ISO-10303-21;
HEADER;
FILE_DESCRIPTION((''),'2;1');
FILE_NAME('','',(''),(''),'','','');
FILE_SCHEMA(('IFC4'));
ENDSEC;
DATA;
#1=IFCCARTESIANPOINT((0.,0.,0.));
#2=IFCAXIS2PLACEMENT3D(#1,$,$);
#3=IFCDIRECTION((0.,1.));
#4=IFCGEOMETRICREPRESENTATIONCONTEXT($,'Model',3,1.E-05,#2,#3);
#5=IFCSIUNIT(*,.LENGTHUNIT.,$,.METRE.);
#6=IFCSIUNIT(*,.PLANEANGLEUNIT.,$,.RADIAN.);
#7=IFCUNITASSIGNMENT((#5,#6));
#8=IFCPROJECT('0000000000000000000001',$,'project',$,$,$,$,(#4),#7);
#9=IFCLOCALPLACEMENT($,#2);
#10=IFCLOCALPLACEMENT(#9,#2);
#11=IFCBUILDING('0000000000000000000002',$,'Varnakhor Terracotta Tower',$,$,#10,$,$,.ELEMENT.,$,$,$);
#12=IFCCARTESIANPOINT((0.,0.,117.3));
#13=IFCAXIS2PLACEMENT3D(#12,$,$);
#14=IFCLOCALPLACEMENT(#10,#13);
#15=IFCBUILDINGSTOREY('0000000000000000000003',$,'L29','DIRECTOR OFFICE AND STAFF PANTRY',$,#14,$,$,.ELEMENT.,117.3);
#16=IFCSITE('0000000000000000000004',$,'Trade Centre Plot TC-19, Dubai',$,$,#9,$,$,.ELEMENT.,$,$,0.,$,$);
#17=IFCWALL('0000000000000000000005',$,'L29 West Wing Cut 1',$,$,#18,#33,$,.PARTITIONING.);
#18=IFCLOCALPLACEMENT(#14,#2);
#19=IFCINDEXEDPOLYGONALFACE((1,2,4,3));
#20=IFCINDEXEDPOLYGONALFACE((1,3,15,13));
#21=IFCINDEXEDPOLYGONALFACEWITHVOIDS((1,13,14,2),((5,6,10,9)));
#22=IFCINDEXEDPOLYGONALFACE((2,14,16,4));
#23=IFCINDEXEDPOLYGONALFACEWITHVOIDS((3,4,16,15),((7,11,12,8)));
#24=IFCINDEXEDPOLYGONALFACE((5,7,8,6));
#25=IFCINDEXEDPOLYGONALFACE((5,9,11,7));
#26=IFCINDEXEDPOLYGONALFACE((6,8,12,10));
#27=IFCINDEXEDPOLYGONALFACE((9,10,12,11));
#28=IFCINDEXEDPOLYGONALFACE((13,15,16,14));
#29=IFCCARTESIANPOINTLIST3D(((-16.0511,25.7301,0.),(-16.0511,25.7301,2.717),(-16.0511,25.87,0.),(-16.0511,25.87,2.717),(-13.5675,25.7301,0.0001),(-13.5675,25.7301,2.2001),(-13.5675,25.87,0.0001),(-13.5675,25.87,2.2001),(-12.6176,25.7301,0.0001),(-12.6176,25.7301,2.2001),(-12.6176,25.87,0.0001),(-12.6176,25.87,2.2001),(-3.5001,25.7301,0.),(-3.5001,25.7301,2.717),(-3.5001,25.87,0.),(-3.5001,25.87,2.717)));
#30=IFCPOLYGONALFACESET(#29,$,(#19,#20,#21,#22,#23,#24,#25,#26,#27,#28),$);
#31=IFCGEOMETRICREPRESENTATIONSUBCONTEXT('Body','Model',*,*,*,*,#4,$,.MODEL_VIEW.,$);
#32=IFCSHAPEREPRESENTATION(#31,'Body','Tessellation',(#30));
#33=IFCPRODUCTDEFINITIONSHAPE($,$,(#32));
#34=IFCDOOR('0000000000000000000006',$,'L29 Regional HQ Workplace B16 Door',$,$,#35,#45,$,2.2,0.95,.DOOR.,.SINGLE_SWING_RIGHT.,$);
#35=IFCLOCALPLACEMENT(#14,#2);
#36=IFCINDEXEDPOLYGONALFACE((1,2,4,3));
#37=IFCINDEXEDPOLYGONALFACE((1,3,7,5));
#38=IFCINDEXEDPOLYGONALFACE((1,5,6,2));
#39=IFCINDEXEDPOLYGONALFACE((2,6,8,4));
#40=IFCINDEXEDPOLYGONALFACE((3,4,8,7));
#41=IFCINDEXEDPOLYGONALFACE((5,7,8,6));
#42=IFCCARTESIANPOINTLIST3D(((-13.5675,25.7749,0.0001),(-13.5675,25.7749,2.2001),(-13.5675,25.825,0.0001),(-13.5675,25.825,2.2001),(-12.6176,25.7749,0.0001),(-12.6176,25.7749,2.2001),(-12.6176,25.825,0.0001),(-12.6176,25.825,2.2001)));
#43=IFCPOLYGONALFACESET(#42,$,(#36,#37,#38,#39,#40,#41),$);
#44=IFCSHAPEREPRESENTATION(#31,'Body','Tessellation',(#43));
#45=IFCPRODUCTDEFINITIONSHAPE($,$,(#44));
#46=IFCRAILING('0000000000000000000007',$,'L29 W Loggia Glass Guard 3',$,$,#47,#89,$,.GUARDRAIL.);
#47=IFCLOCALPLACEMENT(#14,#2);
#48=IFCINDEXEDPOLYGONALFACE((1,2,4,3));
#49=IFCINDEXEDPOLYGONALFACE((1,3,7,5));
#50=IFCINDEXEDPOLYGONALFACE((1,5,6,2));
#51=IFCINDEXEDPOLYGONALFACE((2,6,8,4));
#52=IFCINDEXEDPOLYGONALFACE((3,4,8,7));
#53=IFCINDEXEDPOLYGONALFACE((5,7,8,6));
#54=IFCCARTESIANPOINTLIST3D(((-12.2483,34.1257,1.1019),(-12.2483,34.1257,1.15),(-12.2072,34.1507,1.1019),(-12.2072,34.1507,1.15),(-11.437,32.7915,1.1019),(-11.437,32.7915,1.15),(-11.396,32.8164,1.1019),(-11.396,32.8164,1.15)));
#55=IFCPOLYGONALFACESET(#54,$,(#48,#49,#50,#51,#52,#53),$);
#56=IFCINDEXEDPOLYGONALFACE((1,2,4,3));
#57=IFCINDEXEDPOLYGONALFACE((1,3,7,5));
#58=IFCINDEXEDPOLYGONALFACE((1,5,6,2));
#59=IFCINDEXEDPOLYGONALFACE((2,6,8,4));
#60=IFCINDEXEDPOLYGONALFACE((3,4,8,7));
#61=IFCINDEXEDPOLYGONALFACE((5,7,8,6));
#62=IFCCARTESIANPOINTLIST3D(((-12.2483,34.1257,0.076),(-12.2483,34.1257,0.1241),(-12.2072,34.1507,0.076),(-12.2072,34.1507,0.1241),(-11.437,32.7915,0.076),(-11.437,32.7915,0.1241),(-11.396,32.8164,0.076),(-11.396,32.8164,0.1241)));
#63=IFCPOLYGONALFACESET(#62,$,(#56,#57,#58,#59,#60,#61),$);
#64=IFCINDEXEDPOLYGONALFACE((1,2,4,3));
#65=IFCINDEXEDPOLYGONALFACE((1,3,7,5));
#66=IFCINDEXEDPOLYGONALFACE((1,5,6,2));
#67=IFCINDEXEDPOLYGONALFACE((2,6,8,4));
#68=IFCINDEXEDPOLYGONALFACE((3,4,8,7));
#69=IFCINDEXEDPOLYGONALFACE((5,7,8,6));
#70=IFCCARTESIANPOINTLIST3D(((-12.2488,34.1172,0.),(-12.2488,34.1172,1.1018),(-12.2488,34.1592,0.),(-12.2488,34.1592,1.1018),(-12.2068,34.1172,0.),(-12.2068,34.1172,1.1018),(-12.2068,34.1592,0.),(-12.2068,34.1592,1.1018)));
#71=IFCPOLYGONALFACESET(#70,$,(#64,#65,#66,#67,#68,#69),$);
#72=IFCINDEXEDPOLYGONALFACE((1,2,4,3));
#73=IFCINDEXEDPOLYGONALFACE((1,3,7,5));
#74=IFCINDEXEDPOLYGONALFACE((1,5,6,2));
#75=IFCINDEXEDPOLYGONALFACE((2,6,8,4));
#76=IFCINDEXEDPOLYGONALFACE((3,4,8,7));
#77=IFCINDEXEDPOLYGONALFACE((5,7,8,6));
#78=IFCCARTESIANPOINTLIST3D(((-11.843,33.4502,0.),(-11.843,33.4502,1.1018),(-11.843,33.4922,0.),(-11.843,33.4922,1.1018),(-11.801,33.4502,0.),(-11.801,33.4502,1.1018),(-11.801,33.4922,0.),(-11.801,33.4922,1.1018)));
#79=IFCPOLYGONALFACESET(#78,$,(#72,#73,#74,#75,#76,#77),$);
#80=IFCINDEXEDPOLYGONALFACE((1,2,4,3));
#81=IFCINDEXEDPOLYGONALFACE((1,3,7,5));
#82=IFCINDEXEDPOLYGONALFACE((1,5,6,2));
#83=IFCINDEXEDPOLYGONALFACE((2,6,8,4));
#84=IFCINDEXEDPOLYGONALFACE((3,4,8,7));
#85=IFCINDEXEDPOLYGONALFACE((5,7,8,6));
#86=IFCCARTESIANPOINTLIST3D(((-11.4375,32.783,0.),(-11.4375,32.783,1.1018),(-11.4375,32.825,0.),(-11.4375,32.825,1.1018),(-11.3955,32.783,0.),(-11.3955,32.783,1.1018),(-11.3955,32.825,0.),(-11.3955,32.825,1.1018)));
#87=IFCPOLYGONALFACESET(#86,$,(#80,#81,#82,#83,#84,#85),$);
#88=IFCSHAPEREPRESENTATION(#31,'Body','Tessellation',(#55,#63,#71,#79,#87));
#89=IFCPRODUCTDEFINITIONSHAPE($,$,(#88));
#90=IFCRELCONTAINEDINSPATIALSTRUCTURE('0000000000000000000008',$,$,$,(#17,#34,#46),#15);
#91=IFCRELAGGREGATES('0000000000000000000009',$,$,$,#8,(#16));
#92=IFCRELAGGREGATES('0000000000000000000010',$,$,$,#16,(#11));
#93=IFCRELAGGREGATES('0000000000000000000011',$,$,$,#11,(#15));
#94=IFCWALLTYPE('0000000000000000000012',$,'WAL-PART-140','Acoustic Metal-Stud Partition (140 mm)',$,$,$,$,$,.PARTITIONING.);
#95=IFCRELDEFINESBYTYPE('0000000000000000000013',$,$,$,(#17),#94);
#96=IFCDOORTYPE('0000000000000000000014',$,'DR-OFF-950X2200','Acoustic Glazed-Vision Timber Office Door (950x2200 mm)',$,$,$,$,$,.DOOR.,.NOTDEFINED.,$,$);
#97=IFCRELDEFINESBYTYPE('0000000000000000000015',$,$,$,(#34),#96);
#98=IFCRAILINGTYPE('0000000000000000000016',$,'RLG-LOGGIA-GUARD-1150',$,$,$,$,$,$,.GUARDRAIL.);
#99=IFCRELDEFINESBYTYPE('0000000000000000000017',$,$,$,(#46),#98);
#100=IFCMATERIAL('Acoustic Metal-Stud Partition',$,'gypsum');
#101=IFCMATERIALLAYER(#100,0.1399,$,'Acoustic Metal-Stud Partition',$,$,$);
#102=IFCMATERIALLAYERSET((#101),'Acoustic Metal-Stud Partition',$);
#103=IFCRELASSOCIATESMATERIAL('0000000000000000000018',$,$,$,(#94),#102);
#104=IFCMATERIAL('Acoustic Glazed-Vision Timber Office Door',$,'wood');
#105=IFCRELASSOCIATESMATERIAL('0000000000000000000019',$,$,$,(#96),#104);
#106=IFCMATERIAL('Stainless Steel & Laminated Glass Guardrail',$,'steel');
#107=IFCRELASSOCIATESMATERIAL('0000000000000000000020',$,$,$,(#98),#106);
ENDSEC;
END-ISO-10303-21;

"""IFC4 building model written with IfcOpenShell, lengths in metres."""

from ifc_helpers import new_model, si_unit, direction, frame, frame_2d, origin, origin_2d, place, context, subcontext, project, spatial, rectangle, extrude, source, transform, mapped, material, layer, layer_set, type_object, type_shapes, element, fill, save


model = new_model("IFC4")

# Units and contexts
model_context = context("Model", 3, precision=1e-05, world=origin(), true_north=direction((0.0, 1.0)))
body_context = subcontext(model_context, "Body", "Model", "MODEL_VIEW")
ifc_project = project(units=[si_unit("LENGTHUNIT", "METRE"), si_unit("PLANEANGLEUNIT", "RADIAN")], contexts=[model_context])

# Site, building, storey
site_placement = place(None, origin())
site = spatial("IfcSite", under=ifc_project, at=site_placement, Name="Trade Centre Plot TC-19, Dubai", CompositionType="ELEMENT", RefElevation=0.0)
building_placement = place(site_placement, origin())
building = spatial("IfcBuilding", under=site, at=building_placement, Name="Varnakhor Terracotta Tower", CompositionType="ELEMENT")
storey_placement = place(building_placement, frame((0.0, 0.0, 117.3)))
storey = spatial("IfcBuildingStorey", under=building, at=storey_placement, Name="L29", Description="DIRECTOR OFFICE AND STAFF PANTRY", CompositionType="ELEMENT", Elevation=117.3)

# Shared definitions
ifc_material_1 = material(Name="Acoustic Metal-Stud Partition", Category="gypsum")
ifc_layer_1 = layer(ifc_material_1, 0.1399, Name="Acoustic Metal-Stud Partition")
ifc_layer_set_1 = layer_set([ifc_layer_1], Name="Acoustic Metal-Stud Partition")
wall_type_1 = type_object("IfcWallType", Name="WAL-PART-140", Description="Acoustic Metal-Stud Partition (140 mm)", PredefinedType="PARTITIONING", material=ifc_layer_set_1)

# Wall, opening, door
wall_1_placement = place(storey_placement, frame((-16.051, 25.8, 0.0), z_axis=(0.0, 0.0, 1.0), x_axis=(1.0, 0.0, 0.0)))
wall_1 = element("IfcWall", 1, at=wall_1_placement, inside=storey, type_object=wall_type_1, Name="L29 West Wing Cut 1", PredefinedType="PARTITIONING", context=body_context, shape_type="SweptSolid", body=[
    extrude(rectangle(XDim=12.551, YDim=0.1399, at=frame_2d((6.2754, 0.0))), origin(), (0.0, 0.0, 1.0), 2.717),
])
opening_placement = place(wall_1_placement, frame((2.4834, 0.0, 0.0)))
opening = element("IfcOpeningElement", 2, at=opening_placement, cuts=wall_1, PredefinedType="OPENING", context=body_context, shape_type="SweptSolid", body=[
    extrude(rectangle(XDim=0.95, YDim=2.2, at=frame_2d((0.4751, 1.1001))), frame((0.0, 0.0801, 0.0), z_axis=(0.0, -1.0, 0.0), x_axis=(1.0, 0.0, 0.0)), (0.0, 0.0, 1.0), 0.1599),
])
ifc_material_2 = material(Name="Acoustic Glazed-Vision Timber Office Door", Category="wood")
door_type = type_object("IfcDoorType", Name="DR-OFF-950X2200", Description="Acoustic Glazed-Vision Timber Office Door (950x2200 mm)", OperationType="NOTDEFINED", PredefinedType="DOOR", material=ifc_material_2)
shared_shape_1 = source(origin(), body_context, "Body", "SweptSolid", [
    extrude(rectangle(XDim=0.95, YDim=2.2, at=frame_2d((0.4751, 1.1001))), frame((0.0, 0.0249, 0.0), z_axis=(0.0, -1.0, 0.0), x_axis=(1.0, 0.0, 0.0)), (0.0, 0.0, 1.0), 0.05),
])
type_shapes(door_type, [shared_shape_1])
door_placement = place(opening_placement, origin())
door = element("IfcDoor", 3, at=door_placement, inside=storey, type_object=door_type, Name="L29 Regional HQ Workplace B16 Door", OperationType="SINGLE_SWING_RIGHT", OverallHeight=2.2, OverallWidth=0.95, PredefinedType="DOOR", context=body_context, shape_type="MappedRepresentation", body=[
    mapped(shared_shape_1, transform((0.0, 0.0, 0.0), scale=1.0)),
])
fill(opening, door)

# Railing
ifc_material_3 = material(Name="Stainless Steel & Laminated Glass Guardrail", Category="steel")
railing_type = type_object("IfcRailingType", Name="RLG-LOGGIA-GUARD-1150", PredefinedType="GUARDRAIL", material=ifc_material_3)
railing_placement = place(storey_placement, frame((-12.2278, 34.1382, 0.0)))
element("IfcRailing", 4, at=railing_placement, inside=storey, type_object=railing_type, Name="L29 W Loggia Glass Guard 3", PredefinedType="GUARDRAIL", context=body_context, shape_type="SweptSolid", body=[
    extrude(rectangle(XDim=0.0481, YDim=0.0481, at=origin_2d()), frame((0.0, 0.0, 1.126), z_axis=(0.519545, -0.854443, 0.0), x_axis=(0.854443, 0.519545, 0.0)), (0.0, 0.0, 1.0), 1.5615),
    extrude(rectangle(XDim=0.0481, YDim=0.0481, at=origin_2d()), frame((0.0, 0.0, 0.1001), z_axis=(0.519545, -0.854443, 0.0), x_axis=(0.854443, 0.519545, 0.0)), (0.0, 0.0, 1.0), 1.5615),
    extrude(rectangle(XDim=0.042, YDim=0.042, at=origin_2d()), origin(), (0.0, 0.0, 1.0), 1.1018),
    extrude(rectangle(XDim=0.042, YDim=0.042, at=origin_2d()), frame((0.4058, -0.667, 0.0)), (0.0, 0.0, 1.0), 1.1018),
    extrude(rectangle(XDim=0.042, YDim=0.042, at=origin_2d()), frame((0.8113, -1.3342, 0.0)), (0.0, 0.0, 1.0), 1.1018),
])

save(model, "model.ifc")
